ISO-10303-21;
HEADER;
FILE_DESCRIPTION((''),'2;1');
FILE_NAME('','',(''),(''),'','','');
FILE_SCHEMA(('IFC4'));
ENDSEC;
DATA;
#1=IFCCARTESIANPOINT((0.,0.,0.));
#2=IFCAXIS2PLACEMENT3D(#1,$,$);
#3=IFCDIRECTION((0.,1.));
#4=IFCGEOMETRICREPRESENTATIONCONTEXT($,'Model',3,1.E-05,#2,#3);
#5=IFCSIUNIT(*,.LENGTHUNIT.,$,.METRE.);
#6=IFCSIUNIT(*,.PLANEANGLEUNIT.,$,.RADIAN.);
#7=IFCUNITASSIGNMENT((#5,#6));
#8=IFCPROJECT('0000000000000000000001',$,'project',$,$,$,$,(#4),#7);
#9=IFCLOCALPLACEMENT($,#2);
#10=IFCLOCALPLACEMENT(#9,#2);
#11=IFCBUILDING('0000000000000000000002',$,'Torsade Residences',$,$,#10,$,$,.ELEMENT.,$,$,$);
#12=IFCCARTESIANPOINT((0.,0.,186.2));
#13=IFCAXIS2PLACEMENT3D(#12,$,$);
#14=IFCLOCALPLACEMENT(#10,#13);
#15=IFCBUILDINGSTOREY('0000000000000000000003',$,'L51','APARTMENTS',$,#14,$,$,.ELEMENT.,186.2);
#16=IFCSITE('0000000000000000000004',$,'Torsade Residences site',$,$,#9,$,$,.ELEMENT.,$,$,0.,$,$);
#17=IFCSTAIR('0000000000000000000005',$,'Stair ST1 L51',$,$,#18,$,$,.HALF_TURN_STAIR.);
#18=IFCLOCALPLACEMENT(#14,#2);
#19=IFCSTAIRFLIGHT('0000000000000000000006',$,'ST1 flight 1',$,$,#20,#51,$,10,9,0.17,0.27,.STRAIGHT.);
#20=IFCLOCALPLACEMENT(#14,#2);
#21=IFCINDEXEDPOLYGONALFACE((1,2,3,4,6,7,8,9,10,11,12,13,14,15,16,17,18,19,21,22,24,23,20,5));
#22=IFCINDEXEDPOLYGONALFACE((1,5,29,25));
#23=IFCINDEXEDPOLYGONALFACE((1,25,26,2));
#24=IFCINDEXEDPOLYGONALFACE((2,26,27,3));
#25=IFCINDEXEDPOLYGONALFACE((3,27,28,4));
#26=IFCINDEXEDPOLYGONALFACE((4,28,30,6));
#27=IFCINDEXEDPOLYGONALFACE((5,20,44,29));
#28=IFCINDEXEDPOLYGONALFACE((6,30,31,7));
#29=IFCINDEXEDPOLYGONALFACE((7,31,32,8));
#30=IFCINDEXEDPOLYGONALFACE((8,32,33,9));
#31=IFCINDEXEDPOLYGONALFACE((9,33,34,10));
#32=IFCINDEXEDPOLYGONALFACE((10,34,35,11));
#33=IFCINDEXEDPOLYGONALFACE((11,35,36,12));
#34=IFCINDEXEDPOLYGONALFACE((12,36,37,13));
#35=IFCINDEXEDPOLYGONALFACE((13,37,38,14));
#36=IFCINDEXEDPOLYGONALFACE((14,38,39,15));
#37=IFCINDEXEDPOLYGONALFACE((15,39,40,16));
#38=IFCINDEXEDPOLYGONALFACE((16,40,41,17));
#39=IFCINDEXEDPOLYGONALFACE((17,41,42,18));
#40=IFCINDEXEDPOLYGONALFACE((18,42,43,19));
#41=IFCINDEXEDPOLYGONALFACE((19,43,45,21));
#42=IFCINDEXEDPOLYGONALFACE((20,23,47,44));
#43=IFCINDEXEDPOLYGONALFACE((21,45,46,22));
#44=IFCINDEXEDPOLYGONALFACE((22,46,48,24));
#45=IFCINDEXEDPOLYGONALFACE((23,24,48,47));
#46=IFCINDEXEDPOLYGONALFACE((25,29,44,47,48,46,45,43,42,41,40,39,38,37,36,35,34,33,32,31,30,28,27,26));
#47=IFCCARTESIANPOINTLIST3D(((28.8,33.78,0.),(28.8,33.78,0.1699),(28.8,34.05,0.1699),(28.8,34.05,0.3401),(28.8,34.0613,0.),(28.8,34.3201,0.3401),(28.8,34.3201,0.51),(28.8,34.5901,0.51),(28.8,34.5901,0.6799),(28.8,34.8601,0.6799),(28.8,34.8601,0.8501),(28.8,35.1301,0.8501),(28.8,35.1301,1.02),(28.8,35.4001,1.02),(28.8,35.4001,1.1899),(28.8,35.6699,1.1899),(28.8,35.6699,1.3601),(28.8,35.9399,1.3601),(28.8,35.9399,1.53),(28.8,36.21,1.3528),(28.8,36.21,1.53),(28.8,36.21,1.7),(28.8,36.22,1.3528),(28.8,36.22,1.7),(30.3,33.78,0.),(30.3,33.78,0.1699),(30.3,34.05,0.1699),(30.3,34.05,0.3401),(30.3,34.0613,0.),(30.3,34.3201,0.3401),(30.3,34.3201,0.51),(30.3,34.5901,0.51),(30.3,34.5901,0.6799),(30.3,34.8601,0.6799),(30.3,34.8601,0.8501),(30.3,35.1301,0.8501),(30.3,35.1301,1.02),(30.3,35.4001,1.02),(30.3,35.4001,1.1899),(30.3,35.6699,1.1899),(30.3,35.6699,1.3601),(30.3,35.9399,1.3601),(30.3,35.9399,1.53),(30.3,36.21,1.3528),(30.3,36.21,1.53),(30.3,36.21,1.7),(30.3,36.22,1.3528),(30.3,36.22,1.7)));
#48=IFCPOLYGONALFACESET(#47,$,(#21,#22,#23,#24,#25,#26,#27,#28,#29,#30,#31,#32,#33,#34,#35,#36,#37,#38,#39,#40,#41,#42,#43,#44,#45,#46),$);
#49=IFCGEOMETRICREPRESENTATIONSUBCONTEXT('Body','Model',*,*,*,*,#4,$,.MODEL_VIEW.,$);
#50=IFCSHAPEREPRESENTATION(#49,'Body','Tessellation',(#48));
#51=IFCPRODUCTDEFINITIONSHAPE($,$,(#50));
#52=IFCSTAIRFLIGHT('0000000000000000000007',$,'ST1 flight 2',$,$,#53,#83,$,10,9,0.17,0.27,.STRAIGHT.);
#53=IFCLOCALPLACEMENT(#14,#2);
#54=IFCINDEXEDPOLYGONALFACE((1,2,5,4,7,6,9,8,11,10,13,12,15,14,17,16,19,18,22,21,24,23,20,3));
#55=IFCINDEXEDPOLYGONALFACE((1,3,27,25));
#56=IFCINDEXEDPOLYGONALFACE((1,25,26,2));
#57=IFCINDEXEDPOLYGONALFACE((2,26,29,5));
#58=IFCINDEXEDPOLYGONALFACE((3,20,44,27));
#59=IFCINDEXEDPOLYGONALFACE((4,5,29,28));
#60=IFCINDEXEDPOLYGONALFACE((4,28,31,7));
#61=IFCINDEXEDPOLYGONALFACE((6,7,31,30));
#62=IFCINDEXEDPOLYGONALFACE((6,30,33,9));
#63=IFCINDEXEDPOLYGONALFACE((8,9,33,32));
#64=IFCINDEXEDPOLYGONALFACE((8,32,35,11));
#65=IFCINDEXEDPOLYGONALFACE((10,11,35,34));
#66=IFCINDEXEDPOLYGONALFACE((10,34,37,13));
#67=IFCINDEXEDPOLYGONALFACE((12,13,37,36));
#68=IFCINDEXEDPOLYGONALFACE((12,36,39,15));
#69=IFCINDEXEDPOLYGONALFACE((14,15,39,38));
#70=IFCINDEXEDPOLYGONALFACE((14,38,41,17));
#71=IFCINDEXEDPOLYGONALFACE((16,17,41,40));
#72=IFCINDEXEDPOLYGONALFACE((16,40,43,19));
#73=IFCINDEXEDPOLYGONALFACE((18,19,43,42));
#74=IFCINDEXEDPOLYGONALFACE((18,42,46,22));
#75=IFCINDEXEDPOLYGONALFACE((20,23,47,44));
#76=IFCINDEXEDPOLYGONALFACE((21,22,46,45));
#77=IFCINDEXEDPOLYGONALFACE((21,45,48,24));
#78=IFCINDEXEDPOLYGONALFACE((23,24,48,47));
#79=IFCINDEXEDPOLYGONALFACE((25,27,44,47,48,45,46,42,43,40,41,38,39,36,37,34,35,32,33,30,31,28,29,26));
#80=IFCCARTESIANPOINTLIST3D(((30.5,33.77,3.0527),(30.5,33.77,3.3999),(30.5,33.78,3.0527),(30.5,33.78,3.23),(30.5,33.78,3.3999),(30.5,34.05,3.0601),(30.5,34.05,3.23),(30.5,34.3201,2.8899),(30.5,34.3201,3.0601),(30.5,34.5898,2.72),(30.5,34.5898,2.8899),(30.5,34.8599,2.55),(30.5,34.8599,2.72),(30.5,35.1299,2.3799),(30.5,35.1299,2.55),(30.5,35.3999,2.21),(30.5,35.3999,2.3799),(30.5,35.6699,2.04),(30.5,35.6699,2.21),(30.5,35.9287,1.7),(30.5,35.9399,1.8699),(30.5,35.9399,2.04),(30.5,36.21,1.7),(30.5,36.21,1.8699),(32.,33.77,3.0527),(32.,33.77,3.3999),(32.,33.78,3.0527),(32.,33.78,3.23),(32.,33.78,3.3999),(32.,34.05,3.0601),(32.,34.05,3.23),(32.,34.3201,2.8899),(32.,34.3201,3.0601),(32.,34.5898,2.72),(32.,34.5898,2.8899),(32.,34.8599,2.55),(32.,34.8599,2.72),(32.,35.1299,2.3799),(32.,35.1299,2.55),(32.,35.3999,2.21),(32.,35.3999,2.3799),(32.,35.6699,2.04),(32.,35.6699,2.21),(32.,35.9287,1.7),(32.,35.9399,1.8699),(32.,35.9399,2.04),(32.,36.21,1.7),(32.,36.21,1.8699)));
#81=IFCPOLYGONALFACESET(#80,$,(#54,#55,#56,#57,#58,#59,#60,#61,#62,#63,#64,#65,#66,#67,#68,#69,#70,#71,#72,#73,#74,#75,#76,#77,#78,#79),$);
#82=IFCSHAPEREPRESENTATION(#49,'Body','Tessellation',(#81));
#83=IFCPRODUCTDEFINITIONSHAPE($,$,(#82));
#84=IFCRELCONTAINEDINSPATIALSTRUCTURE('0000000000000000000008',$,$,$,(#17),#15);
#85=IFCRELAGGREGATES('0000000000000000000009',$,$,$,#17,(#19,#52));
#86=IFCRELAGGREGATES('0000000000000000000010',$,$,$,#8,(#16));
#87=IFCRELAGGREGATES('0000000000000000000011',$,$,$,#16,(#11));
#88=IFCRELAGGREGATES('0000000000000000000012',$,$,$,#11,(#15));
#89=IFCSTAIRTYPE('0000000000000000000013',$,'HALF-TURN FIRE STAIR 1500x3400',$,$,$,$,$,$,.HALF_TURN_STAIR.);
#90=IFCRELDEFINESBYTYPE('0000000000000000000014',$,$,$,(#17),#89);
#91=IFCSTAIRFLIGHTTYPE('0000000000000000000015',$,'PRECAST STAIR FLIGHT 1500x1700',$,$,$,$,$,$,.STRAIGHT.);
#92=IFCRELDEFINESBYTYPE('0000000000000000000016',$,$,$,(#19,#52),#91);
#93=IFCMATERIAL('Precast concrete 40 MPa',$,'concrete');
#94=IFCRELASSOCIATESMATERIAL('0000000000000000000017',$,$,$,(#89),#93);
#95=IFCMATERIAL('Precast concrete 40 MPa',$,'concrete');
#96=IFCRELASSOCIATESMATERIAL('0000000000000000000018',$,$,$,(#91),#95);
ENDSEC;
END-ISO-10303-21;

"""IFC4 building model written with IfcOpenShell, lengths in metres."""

from ifc_helpers import new_model, si_unit, direction, frame, origin, place, context, subcontext, project, spatial, polyline, outline, extrude, material, type_object, element, aggregate, save


model = new_model("IFC4")

# Units and contexts
model_context = context("Model", 3, precision=1e-05, world=origin(), true_north=direction((0.0, 1.0)))
body_context = subcontext(model_context, "Body", "Model", "MODEL_VIEW")
ifc_project = project(units=[si_unit("LENGTHUNIT", "METRE"), si_unit("PLANEANGLEUNIT", "RADIAN")], contexts=[model_context])

# Site, building, storey
site_placement = place(None, origin())
site = spatial("IfcSite", under=ifc_project, at=site_placement, Name="Torsade Residences site", CompositionType="ELEMENT", RefElevation=0.0)
building_placement = place(site_placement, origin())
building = spatial("IfcBuilding", under=site, at=building_placement, Name="Torsade Residences", CompositionType="ELEMENT")
storey_placement = place(building_placement, frame((0.0, 0.0, 186.2)))
storey = spatial("IfcBuildingStorey", under=building, at=storey_placement, Name="L51", Description="APARTMENTS", CompositionType="ELEMENT", Elevation=186.2)

# Stair, stair flights
ifc_material_1 = material(Name="Precast concrete 40 MPa", Category="concrete")
stair_type = type_object("IfcStairType", Name="HALF-TURN FIRE STAIR 1500x3400", PredefinedType="HALF_TURN_STAIR", material=ifc_material_1)
stair_placement = place(storey_placement, origin())
stair = element("IfcStair", 1, at=stair_placement, inside=storey, type_object=stair_type, Name="Stair ST1 L51", PredefinedType="HALF_TURN_STAIR")
ifc_material_2 = material(Name="Precast concrete 40 MPa", Category="concrete")
stair_flight_type = type_object("IfcStairFlightType", Name="PRECAST STAIR FLIGHT 1500x1700", PredefinedType="STRAIGHT", material=ifc_material_2)
stair_flight_1_placement = place(storey_placement, frame((29.55, 33.78, 0.0), z_axis=(0.0, 0.0, 1.0), x_axis=(0.0, 1.0, 0.0)))
stair_flight_1 = element("IfcStairFlight", 2, at=stair_flight_1_placement, type_object=stair_flight_type, Name="ST1 flight 1", NumberOfRisers=10, NumberOfTreads=9, PredefinedType="STRAIGHT", RiserHeight=0.17, TreadLength=0.27, context=body_context, shape_type="SweptSolid", body=[
    extrude(outline(polyline([(0.0, 0.0), (0.0, 0.1699), (0.27, 0.1699), (0.27, 0.3401), (0.54, 0.3401), (0.54, 0.51), (0.8101, 0.51), (0.8101, 0.6799), (1.0801, 0.6799), (1.0801, 0.8501), (1.3501, 0.8501), (1.3501, 1.02), (1.6201, 1.02), (1.6201, 1.1899), (1.8899, 1.1899), (1.8899, 1.3601), (2.1599, 1.3601), (2.1599, 1.53), (2.4299, 1.53), (2.4299, 1.7), (2.4399, 1.7), (2.4399, 1.3528), (2.4299, 1.3528), (0.2812, 0.0), (0.0, 0.0)])), frame((0.0, 0.75, 0.0), z_axis=(0.0, -1.0, 0.0), x_axis=(1.0, 0.0, 0.0)), (0.0, 0.0, 1.0), 1.5),
])
stair_flight_2_placement = place(storey_placement, frame((31.25, 36.21, 1.7), z_axis=(0.0, 0.0, 1.0), x_axis=(0.0, -1.0, 0.0)))
stair_flight_2 = element("IfcStairFlight", 3, at=stair_flight_2_placement, type_object=stair_flight_type, Name="ST1 flight 2", NumberOfRisers=10, NumberOfTreads=9, PredefinedType="STRAIGHT", RiserHeight=0.17, TreadLength=0.27, context=body_context, shape_type="SweptSolid", body=[
    extrude(outline(polyline([(0.0, 0.0), (0.0, 0.1699), (0.27, 0.1699), (0.27, 0.3401), (0.54, 0.3401), (0.54, 0.51), (0.8101, 0.51), (0.8101, 0.6799), (1.0801, 0.6799), (1.0801, 0.8501), (1.3501, 0.8501), (1.3501, 1.02), (1.6201, 1.02), (1.6201, 1.1899), (1.8899, 1.1899), (1.8899, 1.3601), (2.1599, 1.3601), (2.1599, 1.53), (2.4299, 1.53), (2.4299, 1.7), (2.4399, 1.7), (2.4399, 1.3528), (2.4299, 1.3528), (0.2812, 0.0), (0.0, 0.0)])), frame((0.0, 0.75, 0.0), z_axis=(0.0, -1.0, 0.0), x_axis=(1.0, 0.0, 0.0)), (0.0, 0.0, 1.0), 1.5),
])
aggregate(stair, [stair_flight_1, stair_flight_2])

save(model, "model.ifc")
